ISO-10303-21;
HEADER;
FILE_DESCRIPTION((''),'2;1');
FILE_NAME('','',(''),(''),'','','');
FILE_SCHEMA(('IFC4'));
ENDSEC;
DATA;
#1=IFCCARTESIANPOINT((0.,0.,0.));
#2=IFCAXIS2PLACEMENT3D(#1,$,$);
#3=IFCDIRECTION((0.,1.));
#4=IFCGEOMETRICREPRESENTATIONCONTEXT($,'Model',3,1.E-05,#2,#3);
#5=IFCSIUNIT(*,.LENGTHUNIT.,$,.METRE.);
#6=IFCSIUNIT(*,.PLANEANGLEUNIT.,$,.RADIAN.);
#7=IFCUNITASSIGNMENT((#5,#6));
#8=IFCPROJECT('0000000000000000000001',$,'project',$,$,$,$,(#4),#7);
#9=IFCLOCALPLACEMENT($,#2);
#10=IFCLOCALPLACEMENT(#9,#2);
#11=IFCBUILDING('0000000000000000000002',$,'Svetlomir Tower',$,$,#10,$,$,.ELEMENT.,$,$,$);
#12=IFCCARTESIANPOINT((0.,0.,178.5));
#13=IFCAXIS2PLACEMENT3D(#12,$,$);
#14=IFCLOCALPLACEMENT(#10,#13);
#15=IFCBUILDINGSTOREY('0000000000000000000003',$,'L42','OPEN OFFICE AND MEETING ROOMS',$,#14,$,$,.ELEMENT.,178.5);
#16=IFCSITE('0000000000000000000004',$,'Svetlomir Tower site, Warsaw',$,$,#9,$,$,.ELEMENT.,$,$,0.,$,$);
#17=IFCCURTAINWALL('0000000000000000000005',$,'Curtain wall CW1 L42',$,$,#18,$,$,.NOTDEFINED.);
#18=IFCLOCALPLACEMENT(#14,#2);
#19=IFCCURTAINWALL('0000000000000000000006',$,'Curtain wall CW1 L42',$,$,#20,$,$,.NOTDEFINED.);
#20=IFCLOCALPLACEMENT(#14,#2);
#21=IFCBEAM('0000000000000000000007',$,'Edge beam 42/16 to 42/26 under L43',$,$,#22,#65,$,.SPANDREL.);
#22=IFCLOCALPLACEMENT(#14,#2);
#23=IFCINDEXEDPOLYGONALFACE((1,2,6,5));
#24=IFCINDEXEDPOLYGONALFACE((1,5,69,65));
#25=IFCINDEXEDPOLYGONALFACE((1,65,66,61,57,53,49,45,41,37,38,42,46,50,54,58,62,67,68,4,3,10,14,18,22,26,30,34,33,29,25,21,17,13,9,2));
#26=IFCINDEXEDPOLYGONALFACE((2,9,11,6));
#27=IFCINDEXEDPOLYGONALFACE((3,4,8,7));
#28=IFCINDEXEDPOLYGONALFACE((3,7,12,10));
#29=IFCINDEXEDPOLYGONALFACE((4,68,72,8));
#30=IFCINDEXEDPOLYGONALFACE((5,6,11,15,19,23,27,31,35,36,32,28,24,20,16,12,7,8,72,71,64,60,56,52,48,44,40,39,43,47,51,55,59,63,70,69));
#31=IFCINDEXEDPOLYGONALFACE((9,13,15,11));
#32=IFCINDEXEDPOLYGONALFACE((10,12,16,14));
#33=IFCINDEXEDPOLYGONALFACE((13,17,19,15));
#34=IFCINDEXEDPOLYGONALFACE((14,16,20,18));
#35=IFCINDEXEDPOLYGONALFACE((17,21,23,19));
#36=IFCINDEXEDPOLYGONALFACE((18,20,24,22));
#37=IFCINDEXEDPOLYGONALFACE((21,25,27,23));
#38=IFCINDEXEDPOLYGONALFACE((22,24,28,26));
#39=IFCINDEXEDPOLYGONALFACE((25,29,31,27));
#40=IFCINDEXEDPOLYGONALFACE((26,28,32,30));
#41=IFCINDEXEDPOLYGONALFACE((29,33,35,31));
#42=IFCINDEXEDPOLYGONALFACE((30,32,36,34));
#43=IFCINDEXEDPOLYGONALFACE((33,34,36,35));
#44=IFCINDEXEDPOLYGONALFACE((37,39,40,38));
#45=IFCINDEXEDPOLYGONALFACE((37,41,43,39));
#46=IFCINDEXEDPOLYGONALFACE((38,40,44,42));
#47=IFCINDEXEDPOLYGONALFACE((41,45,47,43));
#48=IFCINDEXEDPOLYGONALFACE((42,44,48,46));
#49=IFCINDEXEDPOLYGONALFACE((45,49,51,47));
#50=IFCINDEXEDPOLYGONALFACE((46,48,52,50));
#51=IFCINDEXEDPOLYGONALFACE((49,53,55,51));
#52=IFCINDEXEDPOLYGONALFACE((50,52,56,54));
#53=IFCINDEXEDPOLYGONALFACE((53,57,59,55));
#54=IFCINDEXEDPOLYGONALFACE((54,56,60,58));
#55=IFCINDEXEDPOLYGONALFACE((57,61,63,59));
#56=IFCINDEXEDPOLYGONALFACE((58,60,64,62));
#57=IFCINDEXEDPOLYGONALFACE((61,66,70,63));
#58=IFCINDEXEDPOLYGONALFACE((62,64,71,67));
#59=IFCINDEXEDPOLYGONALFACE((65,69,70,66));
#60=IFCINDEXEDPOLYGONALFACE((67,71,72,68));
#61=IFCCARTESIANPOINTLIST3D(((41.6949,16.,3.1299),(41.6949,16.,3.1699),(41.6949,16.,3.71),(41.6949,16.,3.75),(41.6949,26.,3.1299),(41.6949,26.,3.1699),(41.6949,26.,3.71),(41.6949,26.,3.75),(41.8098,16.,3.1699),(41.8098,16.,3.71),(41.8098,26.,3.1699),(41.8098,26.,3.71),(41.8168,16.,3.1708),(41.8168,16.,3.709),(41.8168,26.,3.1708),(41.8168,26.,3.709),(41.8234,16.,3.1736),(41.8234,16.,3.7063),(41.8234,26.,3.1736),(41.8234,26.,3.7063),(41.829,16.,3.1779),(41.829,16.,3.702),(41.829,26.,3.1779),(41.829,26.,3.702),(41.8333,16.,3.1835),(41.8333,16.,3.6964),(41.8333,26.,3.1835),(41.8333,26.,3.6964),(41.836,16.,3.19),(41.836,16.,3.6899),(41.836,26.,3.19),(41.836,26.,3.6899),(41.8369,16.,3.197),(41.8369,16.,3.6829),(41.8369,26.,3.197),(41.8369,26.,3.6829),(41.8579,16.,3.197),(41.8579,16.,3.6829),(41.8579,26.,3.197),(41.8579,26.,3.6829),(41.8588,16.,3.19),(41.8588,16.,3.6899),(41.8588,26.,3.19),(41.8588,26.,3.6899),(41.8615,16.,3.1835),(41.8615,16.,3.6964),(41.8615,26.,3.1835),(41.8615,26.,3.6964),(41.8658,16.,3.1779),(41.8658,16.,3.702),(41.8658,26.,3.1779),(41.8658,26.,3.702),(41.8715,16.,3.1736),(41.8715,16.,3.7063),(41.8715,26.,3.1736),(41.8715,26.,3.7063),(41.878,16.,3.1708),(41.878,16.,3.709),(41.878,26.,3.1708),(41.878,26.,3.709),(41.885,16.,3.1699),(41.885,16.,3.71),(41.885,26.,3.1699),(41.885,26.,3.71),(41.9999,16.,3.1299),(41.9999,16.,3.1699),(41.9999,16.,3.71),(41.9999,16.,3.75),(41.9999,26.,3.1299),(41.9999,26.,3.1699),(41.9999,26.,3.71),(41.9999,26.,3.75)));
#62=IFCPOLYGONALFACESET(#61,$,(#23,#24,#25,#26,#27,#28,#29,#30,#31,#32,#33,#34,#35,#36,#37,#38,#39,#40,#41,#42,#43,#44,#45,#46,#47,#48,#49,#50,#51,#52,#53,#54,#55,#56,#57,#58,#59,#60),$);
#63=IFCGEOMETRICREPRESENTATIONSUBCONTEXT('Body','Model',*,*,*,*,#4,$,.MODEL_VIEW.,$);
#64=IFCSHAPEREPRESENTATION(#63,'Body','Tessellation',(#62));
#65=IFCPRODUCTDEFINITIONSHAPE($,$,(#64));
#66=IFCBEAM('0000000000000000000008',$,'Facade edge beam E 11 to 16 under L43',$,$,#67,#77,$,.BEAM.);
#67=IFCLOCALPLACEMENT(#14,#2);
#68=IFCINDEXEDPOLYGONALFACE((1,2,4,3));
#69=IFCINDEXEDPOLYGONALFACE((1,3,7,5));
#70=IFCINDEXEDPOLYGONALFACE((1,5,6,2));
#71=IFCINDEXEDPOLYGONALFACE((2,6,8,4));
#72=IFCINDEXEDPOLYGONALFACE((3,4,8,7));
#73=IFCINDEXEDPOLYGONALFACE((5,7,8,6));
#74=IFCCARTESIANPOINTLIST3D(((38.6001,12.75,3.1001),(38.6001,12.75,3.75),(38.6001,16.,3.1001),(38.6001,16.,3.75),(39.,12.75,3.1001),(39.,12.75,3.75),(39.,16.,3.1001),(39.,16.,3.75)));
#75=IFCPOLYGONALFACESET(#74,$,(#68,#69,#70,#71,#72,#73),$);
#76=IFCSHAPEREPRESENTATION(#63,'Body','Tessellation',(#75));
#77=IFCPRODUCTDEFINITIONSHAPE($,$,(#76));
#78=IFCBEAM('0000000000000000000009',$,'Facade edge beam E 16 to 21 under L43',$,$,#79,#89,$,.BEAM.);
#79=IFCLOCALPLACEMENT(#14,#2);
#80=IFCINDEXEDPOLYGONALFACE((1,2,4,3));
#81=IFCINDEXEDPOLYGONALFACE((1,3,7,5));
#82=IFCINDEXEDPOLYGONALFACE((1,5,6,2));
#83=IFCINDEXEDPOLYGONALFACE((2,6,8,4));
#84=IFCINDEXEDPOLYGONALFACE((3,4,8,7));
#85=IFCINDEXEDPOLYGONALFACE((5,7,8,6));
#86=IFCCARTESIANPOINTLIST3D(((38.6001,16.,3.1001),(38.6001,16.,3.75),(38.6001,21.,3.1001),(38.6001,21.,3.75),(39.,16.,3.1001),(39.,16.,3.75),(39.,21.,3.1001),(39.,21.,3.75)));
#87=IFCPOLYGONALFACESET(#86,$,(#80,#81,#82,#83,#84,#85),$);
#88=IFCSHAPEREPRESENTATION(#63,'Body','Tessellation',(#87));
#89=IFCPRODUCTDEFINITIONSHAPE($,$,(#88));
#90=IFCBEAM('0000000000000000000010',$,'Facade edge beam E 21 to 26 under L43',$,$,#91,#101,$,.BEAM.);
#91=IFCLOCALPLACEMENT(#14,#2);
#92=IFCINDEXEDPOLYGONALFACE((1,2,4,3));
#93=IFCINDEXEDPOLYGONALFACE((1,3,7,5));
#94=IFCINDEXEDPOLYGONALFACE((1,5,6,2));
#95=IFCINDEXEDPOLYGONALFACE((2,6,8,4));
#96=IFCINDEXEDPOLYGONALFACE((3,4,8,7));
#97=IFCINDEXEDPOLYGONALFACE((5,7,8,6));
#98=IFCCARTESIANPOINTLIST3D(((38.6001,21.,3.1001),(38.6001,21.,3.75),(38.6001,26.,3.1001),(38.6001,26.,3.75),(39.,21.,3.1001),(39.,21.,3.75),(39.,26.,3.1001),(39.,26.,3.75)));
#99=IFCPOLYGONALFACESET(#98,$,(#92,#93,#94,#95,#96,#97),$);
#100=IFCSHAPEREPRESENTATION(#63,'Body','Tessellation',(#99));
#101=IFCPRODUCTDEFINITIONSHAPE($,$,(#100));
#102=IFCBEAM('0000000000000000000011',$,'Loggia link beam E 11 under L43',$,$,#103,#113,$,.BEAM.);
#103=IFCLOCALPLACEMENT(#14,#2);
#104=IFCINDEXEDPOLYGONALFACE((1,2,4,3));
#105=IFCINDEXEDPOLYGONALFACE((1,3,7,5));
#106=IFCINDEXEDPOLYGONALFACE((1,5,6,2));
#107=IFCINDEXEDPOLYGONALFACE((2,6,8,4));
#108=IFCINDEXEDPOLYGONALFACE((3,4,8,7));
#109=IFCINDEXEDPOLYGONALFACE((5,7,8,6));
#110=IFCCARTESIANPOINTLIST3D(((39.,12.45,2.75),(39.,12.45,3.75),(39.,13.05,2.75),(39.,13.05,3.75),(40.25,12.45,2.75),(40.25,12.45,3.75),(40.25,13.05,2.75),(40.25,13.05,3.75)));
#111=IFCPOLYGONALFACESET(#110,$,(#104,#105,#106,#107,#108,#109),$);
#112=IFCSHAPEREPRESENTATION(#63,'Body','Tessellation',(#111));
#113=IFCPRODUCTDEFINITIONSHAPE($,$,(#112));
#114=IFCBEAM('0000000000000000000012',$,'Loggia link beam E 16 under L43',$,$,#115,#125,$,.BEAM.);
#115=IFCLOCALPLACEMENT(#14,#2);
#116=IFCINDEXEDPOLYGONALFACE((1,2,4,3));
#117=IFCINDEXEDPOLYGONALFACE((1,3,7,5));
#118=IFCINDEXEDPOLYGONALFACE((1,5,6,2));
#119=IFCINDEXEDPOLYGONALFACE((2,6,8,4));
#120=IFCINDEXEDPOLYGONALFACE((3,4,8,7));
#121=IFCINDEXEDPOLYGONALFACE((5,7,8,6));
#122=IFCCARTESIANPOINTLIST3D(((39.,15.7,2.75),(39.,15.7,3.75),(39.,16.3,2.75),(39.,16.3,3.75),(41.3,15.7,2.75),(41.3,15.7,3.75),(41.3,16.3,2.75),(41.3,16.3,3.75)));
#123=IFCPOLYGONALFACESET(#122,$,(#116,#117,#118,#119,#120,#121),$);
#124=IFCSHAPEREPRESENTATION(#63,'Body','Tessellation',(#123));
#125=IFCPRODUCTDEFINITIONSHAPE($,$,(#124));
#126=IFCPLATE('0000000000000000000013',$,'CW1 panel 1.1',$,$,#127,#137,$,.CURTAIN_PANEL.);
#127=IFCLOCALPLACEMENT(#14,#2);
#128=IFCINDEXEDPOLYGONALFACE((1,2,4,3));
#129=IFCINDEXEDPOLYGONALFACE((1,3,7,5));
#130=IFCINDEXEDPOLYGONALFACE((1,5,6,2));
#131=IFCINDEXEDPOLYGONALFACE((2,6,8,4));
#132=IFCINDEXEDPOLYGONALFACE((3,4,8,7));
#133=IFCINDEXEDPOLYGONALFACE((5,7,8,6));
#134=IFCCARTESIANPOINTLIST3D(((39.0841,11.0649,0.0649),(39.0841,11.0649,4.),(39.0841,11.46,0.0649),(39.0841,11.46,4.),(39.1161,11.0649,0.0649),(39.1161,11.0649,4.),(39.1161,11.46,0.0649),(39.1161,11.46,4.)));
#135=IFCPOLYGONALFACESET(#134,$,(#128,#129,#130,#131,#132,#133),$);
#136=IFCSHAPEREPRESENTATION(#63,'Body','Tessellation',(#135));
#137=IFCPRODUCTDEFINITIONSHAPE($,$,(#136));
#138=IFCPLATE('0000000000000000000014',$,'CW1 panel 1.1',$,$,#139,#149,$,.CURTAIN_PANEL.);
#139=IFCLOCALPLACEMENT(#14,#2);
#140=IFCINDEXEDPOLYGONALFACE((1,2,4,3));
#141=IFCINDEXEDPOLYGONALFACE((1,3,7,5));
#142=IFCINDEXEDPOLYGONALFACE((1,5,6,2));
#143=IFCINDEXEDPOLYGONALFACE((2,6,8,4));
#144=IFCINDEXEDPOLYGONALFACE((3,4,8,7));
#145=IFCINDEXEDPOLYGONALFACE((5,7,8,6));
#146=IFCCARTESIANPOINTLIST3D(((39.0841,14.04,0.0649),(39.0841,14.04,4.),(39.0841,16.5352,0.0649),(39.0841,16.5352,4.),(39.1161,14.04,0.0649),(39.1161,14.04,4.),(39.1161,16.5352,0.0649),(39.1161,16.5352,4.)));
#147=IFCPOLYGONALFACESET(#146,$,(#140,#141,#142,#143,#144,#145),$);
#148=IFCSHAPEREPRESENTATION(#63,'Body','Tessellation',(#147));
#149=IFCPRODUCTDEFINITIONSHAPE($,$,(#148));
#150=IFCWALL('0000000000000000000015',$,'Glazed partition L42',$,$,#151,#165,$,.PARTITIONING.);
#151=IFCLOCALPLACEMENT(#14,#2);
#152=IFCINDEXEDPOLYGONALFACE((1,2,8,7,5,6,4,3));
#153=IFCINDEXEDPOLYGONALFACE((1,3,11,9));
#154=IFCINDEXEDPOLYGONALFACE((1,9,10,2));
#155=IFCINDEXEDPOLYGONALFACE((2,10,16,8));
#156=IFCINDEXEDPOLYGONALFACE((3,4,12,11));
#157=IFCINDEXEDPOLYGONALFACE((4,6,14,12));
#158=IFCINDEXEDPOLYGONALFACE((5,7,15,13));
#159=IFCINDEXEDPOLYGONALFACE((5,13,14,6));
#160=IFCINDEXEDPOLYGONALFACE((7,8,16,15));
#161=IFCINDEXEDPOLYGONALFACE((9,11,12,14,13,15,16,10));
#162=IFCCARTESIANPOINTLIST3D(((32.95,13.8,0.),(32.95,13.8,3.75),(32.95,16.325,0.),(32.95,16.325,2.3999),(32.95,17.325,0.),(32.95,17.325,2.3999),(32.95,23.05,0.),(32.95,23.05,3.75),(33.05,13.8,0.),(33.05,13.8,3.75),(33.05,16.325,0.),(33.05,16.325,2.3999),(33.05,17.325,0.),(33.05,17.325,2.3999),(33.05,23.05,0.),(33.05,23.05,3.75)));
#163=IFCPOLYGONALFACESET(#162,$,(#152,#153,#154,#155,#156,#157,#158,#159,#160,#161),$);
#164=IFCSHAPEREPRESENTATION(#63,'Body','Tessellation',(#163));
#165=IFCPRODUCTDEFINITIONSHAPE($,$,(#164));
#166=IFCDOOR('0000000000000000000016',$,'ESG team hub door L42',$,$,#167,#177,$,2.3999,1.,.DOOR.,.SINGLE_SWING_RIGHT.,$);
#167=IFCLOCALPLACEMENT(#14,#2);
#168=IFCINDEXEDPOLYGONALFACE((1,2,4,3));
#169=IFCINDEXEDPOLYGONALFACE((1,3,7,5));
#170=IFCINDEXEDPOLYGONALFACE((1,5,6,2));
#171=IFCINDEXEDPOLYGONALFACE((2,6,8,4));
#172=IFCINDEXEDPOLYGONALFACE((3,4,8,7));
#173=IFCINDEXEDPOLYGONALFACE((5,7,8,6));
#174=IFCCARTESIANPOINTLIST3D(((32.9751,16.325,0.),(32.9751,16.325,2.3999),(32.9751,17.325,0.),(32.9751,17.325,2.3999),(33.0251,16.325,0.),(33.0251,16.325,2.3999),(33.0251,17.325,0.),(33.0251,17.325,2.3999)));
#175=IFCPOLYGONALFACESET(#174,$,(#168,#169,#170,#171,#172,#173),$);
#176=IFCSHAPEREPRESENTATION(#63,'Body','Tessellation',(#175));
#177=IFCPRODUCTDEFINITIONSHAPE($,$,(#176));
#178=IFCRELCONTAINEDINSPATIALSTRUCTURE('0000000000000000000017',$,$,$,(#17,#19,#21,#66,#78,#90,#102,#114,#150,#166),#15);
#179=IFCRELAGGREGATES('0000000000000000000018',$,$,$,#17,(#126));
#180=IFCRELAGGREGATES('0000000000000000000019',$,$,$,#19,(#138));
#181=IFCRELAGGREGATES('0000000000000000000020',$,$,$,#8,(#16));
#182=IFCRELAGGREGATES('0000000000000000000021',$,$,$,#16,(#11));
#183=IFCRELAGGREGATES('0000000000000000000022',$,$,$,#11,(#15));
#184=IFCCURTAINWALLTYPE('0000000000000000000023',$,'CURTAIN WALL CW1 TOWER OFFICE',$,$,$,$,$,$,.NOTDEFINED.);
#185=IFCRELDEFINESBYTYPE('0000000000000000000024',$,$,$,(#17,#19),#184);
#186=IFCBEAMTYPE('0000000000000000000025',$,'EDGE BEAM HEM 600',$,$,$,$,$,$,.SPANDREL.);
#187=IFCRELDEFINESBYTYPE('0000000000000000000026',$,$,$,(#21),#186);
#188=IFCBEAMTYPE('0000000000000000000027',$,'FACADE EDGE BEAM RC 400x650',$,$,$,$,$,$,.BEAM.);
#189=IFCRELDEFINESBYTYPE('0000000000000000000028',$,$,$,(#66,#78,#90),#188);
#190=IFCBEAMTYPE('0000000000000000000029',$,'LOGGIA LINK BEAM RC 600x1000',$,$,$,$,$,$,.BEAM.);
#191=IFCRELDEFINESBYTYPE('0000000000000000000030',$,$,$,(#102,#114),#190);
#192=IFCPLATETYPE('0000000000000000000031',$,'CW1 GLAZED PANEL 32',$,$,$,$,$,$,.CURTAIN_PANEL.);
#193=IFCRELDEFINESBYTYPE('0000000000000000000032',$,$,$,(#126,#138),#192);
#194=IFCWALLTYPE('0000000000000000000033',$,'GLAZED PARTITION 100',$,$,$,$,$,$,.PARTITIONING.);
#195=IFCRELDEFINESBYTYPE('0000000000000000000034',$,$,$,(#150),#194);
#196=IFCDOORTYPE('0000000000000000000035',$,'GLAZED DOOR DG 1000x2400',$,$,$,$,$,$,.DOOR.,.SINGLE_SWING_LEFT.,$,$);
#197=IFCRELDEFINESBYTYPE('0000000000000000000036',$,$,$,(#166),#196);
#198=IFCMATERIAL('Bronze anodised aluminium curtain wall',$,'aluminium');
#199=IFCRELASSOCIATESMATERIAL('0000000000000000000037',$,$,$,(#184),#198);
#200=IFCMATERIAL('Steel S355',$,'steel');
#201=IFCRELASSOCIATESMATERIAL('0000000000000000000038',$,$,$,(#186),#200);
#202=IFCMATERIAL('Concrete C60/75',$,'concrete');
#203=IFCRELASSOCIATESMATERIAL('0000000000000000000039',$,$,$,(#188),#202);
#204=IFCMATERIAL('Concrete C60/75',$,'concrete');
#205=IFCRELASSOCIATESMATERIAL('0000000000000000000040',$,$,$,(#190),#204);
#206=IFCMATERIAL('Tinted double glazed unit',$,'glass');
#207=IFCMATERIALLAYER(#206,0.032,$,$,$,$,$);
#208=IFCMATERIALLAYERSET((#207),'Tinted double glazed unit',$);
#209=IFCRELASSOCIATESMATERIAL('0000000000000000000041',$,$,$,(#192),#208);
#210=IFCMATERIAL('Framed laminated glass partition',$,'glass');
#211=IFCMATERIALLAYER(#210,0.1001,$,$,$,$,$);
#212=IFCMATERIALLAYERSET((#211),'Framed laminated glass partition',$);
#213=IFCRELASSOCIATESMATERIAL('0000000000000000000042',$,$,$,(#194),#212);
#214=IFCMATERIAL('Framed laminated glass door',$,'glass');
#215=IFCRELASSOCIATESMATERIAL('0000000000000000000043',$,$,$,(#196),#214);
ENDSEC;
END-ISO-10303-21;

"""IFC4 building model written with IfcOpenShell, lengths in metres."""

from ifc_helpers import new_model, si_unit, direction, frame, frame_2d, origin, origin_2d, place, context, subcontext, project, spatial, rectangle, i_section, extrude, material, layer, layer_set, material_profile, profile_set, type_object, element, fill, aggregate, save


model = new_model("IFC4")

# Units and contexts
model_context = context("Model", 3, precision=1e-05, world=origin(), true_north=direction((0.0, 1.0)))
body_context = subcontext(model_context, "Body", "Model", "MODEL_VIEW")
ifc_project = project(units=[si_unit("LENGTHUNIT", "METRE"), si_unit("PLANEANGLEUNIT", "RADIAN")], contexts=[model_context])

# Site, building, storey
site_placement = place(None, origin())
site = spatial("IfcSite", under=ifc_project, at=site_placement, Name="Svetlomir Tower site, Warsaw", CompositionType="ELEMENT", RefElevation=0.0)
building_placement = place(site_placement, origin())
building = spatial("IfcBuilding", under=site, at=building_placement, Name="Svetlomir Tower", CompositionType="ELEMENT")
storey_placement = place(building_placement, frame((0.0, 0.0, 178.5)))
storey = spatial("IfcBuildingStorey", under=building, at=storey_placement, Name="L42", Description="OPEN OFFICE AND MEETING ROOMS", CompositionType="ELEMENT", Elevation=178.5)

# Shared definitions
ifc_material_1 = material(Name="Bronze anodised aluminium curtain wall", Category="aluminium")
curtain_wall_type = type_object("IfcCurtainWallType", Name="CURTAIN WALL CW1 TOWER OFFICE", PredefinedType="NOTDEFINED", material=ifc_material_1)

# Curtain walls
curtain_wall_1_placement = place(storey_placement, origin())
curtain_wall_1 = element("IfcCurtainWall", 1, at=curtain_wall_1_placement, inside=storey, type_object=curtain_wall_type, Name="Curtain wall CW1 L42", PredefinedType="NOTDEFINED")
curtain_wall_2_placement = place(storey_placement, origin())
curtain_wall_2 = element("IfcCurtainWall", 2, at=curtain_wall_2_placement, inside=storey, type_object=curtain_wall_type, Name="Curtain wall CW1 L42", PredefinedType="NOTDEFINED")

# Beams
ifc_material_2 = material(Name="Steel S355", Category="steel")
ifc_material_profile_1 = material_profile(ifc_material_2, i_section(OverallWidth=0.3049, OverallDepth=0.6201, WebThickness=0.021, FlangeThickness=0.04, FilletRadius=0.0271, at=origin_2d()), Name="HEM 600")
ifc_profile_set_1 = profile_set([ifc_material_profile_1], Name="Steel S355")
beam_type_1 = type_object("IfcBeamType", Name="EDGE BEAM HEM 600", PredefinedType="SPANDREL", material=ifc_profile_set_1)
beam_1_placement = place(storey_placement, frame((41.8474, 16.0, 3.4399), z_axis=(0.0, 1.0, 0.0), x_axis=(-1.0, 0.0, 0.0)))
element("IfcBeam", 3, at=beam_1_placement, inside=storey, type_object=beam_type_1, Name="Edge beam 42/16 to 42/26 under L43", PredefinedType="SPANDREL", context=body_context, shape_type="SweptSolid", body=[
    extrude(i_section(OverallWidth=0.3049, OverallDepth=0.6201, WebThickness=0.021, FlangeThickness=0.04, FilletRadius=0.0271, at=origin_2d()), origin(), (0.0, 0.0, 1.0), 10.0),
])
ifc_material_3 = material(Name="Concrete C60/75", Category="concrete")
ifc_material_profile_2 = material_profile(ifc_material_3, rectangle(XDim=0.3999, YDim=0.6499, at=origin_2d()), Name="RC 400x650")
ifc_profile_set_2 = profile_set([ifc_material_profile_2], Name="Concrete C60/75")
beam_type_2 = type_object("IfcBeamType", Name="FACADE EDGE BEAM RC 400x650", PredefinedType="BEAM", material=ifc_profile_set_2)
beam_2_placement = place(storey_placement, frame((38.8, 12.75, 3.425), z_axis=(0.0, 1.0, 0.0), x_axis=(-1.0, 0.0, 0.0)))
element("IfcBeam", 4, at=beam_2_placement, inside=storey, type_object=beam_type_2, Name="Facade edge beam E 11 to 16 under L43", PredefinedType="BEAM", context=body_context, shape_type="SweptSolid", body=[
    extrude(rectangle(XDim=0.3999, YDim=0.6499, at=origin_2d()), origin(), (0.0, 0.0, 1.0), 3.25),
])
for number, where, z_axis, x_axis, name in (
    (5, (38.8, 16.0, 3.425), (0.0, 1.0, 0.0), (-1.0, 0.0, 0.0), "Facade edge beam E 16 to 21 under L43"),
    (6, (38.8, 21.0, 3.425), (0.0, 1.0, 0.0), (-1.0, 0.0, 0.0), "Facade edge beam E 21 to 26 under L43"),
):
    element("IfcBeam", number, at=place(storey_placement, frame(where, z_axis=z_axis, x_axis=x_axis)), inside=storey, type_object=beam_type_2, Name=name, PredefinedType="BEAM", context=body_context, shape_type="SweptSolid", body=[
        extrude(rectangle(XDim=0.3999, YDim=0.6499, at=origin_2d()), origin(), (0.0, 0.0, 1.0), 5.0),
    ])
ifc_material_4 = material(Name="Concrete C60/75", Category="concrete")
ifc_material_profile_3 = material_profile(ifc_material_4, rectangle(XDim=0.6001, YDim=1.0, at=origin_2d()), Name="RC 600x1000")
ifc_profile_set_3 = profile_set([ifc_material_profile_3], Name="Concrete C60/75")
beam_type_3 = type_object("IfcBeamType", Name="LOGGIA LINK BEAM RC 600x1000", PredefinedType="BEAM", material=ifc_profile_set_3)
beam_3_placement = place(storey_placement, frame((40.25, 12.75, 3.25), z_axis=(-1.0, 0.0, 0.0), x_axis=(0.0, -1.0, 0.0)))
element("IfcBeam", 7, at=beam_3_placement, inside=storey, type_object=beam_type_3, Name="Loggia link beam E 11 under L43", PredefinedType="BEAM", context=body_context, shape_type="SweptSolid", body=[
    extrude(rectangle(XDim=0.6001, YDim=1.0, at=origin_2d()), origin(), (0.0, 0.0, 1.0), 1.25),
])
beam_4_placement = place(storey_placement, frame((41.3, 16.0, 3.25), z_axis=(-1.0, 0.0, 0.0), x_axis=(0.0, -1.0, 0.0)))
element("IfcBeam", 8, at=beam_4_placement, inside=storey, type_object=beam_type_3, Name="Loggia link beam E 16 under L43", PredefinedType="BEAM", context=body_context, shape_type="SweptSolid", body=[
    extrude(rectangle(XDim=0.6001, YDim=1.0, at=origin_2d()), origin(), (0.0, 0.0, 1.0), 2.3),
])

# Plates
ifc_material_5 = material(Name="Tinted double glazed unit", Category="glass")
ifc_layer_1 = layer(ifc_material_5, 0.032)
ifc_layer_set_1 = layer_set([ifc_layer_1], Name="Tinted double glazed unit")
plate_type = type_object("IfcPlateType", Name="CW1 GLAZED PANEL 32", PredefinedType="CURTAIN_PANEL", material=ifc_layer_set_1)
plate_1_placement = place(storey_placement, frame((39.1001, 11.2625, 0.0649), z_axis=(0.0, 0.0, 1.0), x_axis=(0.0, 1.0, 0.0)))
plate_1 = element("IfcPlate", 9, at=plate_1_placement, type_object=plate_type, Name="CW1 panel 1.1", PredefinedType="CURTAIN_PANEL", context=body_context, shape_type="SweptSolid", body=[
    extrude(rectangle(XDim=0.395, YDim=0.032, at=origin_2d()), origin(), (0.0, 0.0, 1.0), 3.9351),
])
aggregate(curtain_wall_1, [plate_1])
plate_2_placement = place(storey_placement, frame((39.1001, 15.2876, 0.0649), z_axis=(0.0, 0.0, 1.0), x_axis=(0.0, 1.0, 0.0)))
plate_2 = element("IfcPlate", 10, at=plate_2_placement, type_object=plate_type, Name="CW1 panel 1.1", PredefinedType="CURTAIN_PANEL", context=body_context, shape_type="SweptSolid", body=[
    extrude(rectangle(XDim=2.4951, YDim=0.032, at=origin_2d()), origin(), (0.0, 0.0, 1.0), 3.9351),
])
aggregate(curtain_wall_2, [plate_2])

# Wall, opening, door
ifc_material_6 = material(Name="Framed laminated glass partition", Category="glass")
ifc_layer_2 = layer(ifc_material_6, 0.1001)
ifc_layer_set_2 = layer_set([ifc_layer_2], Name="Framed laminated glass partition")
wall_type_1 = type_object("IfcWallType", Name="GLAZED PARTITION 100", PredefinedType="PARTITIONING", material=ifc_layer_set_2)
wall_1_placement = place(storey_placement, frame((33.0, 13.8, 0.0), z_axis=(0.0, 0.0, 1.0), x_axis=(0.0, 1.0, 0.0)))
wall_1 = element("IfcWall", 11, at=wall_1_placement, inside=storey, type_object=wall_type_1, Name="Glazed partition L42", PredefinedType="PARTITIONING", context=body_context, shape_type="SweptSolid", body=[
    extrude(rectangle(XDim=9.25, YDim=0.1001, at=frame_2d((4.625, 0.0))), origin(), (0.0, 0.0, 1.0), 3.75),
])
opening_1_placement = place(wall_1_placement, frame((2.5249, 0.0, 0.0)))
opening_1 = element("IfcOpeningElement", 12, at=opening_1_placement, cuts=wall_1, PredefinedType="OPENING", context=body_context, shape_type="SweptSolid", body=[
    extrude(rectangle(XDim=1.0, YDim=2.3999, at=frame_2d((0.5, 1.2))), frame((0.0, 0.0601, 0.0), z_axis=(0.0, -1.0, 0.0), x_axis=(1.0, 0.0, 0.0)), (0.0, 0.0, 1.0), 0.1201),
])
ifc_material_7 = material(Name="Framed laminated glass door", Category="glass")
door_type_1 = type_object("IfcDoorType", Name="GLAZED DOOR DG 1000x2400", OperationType="SINGLE_SWING_LEFT", PredefinedType="DOOR", material=ifc_material_7)
door_1_placement = place(opening_1_placement, origin())
door_1 = element("IfcDoor", 13, at=door_1_placement, inside=storey, type_object=door_type_1, Name="ESG team hub door L42", OperationType="SINGLE_SWING_RIGHT", OverallHeight=2.3999, OverallWidth=1.0, PredefinedType="DOOR", context=body_context, shape_type="SweptSolid", body=[
    extrude(rectangle(XDim=1.0, YDim=2.3999, at=frame_2d((0.5, 1.2))), frame((0.0, 0.0249, 0.0), z_axis=(0.0, -1.0, 0.0), x_axis=(1.0, 0.0, 0.0)), (0.0, 0.0, 1.0), 0.05),
])
fill(opening_1, door_1)

save(model, "model.ifc")
